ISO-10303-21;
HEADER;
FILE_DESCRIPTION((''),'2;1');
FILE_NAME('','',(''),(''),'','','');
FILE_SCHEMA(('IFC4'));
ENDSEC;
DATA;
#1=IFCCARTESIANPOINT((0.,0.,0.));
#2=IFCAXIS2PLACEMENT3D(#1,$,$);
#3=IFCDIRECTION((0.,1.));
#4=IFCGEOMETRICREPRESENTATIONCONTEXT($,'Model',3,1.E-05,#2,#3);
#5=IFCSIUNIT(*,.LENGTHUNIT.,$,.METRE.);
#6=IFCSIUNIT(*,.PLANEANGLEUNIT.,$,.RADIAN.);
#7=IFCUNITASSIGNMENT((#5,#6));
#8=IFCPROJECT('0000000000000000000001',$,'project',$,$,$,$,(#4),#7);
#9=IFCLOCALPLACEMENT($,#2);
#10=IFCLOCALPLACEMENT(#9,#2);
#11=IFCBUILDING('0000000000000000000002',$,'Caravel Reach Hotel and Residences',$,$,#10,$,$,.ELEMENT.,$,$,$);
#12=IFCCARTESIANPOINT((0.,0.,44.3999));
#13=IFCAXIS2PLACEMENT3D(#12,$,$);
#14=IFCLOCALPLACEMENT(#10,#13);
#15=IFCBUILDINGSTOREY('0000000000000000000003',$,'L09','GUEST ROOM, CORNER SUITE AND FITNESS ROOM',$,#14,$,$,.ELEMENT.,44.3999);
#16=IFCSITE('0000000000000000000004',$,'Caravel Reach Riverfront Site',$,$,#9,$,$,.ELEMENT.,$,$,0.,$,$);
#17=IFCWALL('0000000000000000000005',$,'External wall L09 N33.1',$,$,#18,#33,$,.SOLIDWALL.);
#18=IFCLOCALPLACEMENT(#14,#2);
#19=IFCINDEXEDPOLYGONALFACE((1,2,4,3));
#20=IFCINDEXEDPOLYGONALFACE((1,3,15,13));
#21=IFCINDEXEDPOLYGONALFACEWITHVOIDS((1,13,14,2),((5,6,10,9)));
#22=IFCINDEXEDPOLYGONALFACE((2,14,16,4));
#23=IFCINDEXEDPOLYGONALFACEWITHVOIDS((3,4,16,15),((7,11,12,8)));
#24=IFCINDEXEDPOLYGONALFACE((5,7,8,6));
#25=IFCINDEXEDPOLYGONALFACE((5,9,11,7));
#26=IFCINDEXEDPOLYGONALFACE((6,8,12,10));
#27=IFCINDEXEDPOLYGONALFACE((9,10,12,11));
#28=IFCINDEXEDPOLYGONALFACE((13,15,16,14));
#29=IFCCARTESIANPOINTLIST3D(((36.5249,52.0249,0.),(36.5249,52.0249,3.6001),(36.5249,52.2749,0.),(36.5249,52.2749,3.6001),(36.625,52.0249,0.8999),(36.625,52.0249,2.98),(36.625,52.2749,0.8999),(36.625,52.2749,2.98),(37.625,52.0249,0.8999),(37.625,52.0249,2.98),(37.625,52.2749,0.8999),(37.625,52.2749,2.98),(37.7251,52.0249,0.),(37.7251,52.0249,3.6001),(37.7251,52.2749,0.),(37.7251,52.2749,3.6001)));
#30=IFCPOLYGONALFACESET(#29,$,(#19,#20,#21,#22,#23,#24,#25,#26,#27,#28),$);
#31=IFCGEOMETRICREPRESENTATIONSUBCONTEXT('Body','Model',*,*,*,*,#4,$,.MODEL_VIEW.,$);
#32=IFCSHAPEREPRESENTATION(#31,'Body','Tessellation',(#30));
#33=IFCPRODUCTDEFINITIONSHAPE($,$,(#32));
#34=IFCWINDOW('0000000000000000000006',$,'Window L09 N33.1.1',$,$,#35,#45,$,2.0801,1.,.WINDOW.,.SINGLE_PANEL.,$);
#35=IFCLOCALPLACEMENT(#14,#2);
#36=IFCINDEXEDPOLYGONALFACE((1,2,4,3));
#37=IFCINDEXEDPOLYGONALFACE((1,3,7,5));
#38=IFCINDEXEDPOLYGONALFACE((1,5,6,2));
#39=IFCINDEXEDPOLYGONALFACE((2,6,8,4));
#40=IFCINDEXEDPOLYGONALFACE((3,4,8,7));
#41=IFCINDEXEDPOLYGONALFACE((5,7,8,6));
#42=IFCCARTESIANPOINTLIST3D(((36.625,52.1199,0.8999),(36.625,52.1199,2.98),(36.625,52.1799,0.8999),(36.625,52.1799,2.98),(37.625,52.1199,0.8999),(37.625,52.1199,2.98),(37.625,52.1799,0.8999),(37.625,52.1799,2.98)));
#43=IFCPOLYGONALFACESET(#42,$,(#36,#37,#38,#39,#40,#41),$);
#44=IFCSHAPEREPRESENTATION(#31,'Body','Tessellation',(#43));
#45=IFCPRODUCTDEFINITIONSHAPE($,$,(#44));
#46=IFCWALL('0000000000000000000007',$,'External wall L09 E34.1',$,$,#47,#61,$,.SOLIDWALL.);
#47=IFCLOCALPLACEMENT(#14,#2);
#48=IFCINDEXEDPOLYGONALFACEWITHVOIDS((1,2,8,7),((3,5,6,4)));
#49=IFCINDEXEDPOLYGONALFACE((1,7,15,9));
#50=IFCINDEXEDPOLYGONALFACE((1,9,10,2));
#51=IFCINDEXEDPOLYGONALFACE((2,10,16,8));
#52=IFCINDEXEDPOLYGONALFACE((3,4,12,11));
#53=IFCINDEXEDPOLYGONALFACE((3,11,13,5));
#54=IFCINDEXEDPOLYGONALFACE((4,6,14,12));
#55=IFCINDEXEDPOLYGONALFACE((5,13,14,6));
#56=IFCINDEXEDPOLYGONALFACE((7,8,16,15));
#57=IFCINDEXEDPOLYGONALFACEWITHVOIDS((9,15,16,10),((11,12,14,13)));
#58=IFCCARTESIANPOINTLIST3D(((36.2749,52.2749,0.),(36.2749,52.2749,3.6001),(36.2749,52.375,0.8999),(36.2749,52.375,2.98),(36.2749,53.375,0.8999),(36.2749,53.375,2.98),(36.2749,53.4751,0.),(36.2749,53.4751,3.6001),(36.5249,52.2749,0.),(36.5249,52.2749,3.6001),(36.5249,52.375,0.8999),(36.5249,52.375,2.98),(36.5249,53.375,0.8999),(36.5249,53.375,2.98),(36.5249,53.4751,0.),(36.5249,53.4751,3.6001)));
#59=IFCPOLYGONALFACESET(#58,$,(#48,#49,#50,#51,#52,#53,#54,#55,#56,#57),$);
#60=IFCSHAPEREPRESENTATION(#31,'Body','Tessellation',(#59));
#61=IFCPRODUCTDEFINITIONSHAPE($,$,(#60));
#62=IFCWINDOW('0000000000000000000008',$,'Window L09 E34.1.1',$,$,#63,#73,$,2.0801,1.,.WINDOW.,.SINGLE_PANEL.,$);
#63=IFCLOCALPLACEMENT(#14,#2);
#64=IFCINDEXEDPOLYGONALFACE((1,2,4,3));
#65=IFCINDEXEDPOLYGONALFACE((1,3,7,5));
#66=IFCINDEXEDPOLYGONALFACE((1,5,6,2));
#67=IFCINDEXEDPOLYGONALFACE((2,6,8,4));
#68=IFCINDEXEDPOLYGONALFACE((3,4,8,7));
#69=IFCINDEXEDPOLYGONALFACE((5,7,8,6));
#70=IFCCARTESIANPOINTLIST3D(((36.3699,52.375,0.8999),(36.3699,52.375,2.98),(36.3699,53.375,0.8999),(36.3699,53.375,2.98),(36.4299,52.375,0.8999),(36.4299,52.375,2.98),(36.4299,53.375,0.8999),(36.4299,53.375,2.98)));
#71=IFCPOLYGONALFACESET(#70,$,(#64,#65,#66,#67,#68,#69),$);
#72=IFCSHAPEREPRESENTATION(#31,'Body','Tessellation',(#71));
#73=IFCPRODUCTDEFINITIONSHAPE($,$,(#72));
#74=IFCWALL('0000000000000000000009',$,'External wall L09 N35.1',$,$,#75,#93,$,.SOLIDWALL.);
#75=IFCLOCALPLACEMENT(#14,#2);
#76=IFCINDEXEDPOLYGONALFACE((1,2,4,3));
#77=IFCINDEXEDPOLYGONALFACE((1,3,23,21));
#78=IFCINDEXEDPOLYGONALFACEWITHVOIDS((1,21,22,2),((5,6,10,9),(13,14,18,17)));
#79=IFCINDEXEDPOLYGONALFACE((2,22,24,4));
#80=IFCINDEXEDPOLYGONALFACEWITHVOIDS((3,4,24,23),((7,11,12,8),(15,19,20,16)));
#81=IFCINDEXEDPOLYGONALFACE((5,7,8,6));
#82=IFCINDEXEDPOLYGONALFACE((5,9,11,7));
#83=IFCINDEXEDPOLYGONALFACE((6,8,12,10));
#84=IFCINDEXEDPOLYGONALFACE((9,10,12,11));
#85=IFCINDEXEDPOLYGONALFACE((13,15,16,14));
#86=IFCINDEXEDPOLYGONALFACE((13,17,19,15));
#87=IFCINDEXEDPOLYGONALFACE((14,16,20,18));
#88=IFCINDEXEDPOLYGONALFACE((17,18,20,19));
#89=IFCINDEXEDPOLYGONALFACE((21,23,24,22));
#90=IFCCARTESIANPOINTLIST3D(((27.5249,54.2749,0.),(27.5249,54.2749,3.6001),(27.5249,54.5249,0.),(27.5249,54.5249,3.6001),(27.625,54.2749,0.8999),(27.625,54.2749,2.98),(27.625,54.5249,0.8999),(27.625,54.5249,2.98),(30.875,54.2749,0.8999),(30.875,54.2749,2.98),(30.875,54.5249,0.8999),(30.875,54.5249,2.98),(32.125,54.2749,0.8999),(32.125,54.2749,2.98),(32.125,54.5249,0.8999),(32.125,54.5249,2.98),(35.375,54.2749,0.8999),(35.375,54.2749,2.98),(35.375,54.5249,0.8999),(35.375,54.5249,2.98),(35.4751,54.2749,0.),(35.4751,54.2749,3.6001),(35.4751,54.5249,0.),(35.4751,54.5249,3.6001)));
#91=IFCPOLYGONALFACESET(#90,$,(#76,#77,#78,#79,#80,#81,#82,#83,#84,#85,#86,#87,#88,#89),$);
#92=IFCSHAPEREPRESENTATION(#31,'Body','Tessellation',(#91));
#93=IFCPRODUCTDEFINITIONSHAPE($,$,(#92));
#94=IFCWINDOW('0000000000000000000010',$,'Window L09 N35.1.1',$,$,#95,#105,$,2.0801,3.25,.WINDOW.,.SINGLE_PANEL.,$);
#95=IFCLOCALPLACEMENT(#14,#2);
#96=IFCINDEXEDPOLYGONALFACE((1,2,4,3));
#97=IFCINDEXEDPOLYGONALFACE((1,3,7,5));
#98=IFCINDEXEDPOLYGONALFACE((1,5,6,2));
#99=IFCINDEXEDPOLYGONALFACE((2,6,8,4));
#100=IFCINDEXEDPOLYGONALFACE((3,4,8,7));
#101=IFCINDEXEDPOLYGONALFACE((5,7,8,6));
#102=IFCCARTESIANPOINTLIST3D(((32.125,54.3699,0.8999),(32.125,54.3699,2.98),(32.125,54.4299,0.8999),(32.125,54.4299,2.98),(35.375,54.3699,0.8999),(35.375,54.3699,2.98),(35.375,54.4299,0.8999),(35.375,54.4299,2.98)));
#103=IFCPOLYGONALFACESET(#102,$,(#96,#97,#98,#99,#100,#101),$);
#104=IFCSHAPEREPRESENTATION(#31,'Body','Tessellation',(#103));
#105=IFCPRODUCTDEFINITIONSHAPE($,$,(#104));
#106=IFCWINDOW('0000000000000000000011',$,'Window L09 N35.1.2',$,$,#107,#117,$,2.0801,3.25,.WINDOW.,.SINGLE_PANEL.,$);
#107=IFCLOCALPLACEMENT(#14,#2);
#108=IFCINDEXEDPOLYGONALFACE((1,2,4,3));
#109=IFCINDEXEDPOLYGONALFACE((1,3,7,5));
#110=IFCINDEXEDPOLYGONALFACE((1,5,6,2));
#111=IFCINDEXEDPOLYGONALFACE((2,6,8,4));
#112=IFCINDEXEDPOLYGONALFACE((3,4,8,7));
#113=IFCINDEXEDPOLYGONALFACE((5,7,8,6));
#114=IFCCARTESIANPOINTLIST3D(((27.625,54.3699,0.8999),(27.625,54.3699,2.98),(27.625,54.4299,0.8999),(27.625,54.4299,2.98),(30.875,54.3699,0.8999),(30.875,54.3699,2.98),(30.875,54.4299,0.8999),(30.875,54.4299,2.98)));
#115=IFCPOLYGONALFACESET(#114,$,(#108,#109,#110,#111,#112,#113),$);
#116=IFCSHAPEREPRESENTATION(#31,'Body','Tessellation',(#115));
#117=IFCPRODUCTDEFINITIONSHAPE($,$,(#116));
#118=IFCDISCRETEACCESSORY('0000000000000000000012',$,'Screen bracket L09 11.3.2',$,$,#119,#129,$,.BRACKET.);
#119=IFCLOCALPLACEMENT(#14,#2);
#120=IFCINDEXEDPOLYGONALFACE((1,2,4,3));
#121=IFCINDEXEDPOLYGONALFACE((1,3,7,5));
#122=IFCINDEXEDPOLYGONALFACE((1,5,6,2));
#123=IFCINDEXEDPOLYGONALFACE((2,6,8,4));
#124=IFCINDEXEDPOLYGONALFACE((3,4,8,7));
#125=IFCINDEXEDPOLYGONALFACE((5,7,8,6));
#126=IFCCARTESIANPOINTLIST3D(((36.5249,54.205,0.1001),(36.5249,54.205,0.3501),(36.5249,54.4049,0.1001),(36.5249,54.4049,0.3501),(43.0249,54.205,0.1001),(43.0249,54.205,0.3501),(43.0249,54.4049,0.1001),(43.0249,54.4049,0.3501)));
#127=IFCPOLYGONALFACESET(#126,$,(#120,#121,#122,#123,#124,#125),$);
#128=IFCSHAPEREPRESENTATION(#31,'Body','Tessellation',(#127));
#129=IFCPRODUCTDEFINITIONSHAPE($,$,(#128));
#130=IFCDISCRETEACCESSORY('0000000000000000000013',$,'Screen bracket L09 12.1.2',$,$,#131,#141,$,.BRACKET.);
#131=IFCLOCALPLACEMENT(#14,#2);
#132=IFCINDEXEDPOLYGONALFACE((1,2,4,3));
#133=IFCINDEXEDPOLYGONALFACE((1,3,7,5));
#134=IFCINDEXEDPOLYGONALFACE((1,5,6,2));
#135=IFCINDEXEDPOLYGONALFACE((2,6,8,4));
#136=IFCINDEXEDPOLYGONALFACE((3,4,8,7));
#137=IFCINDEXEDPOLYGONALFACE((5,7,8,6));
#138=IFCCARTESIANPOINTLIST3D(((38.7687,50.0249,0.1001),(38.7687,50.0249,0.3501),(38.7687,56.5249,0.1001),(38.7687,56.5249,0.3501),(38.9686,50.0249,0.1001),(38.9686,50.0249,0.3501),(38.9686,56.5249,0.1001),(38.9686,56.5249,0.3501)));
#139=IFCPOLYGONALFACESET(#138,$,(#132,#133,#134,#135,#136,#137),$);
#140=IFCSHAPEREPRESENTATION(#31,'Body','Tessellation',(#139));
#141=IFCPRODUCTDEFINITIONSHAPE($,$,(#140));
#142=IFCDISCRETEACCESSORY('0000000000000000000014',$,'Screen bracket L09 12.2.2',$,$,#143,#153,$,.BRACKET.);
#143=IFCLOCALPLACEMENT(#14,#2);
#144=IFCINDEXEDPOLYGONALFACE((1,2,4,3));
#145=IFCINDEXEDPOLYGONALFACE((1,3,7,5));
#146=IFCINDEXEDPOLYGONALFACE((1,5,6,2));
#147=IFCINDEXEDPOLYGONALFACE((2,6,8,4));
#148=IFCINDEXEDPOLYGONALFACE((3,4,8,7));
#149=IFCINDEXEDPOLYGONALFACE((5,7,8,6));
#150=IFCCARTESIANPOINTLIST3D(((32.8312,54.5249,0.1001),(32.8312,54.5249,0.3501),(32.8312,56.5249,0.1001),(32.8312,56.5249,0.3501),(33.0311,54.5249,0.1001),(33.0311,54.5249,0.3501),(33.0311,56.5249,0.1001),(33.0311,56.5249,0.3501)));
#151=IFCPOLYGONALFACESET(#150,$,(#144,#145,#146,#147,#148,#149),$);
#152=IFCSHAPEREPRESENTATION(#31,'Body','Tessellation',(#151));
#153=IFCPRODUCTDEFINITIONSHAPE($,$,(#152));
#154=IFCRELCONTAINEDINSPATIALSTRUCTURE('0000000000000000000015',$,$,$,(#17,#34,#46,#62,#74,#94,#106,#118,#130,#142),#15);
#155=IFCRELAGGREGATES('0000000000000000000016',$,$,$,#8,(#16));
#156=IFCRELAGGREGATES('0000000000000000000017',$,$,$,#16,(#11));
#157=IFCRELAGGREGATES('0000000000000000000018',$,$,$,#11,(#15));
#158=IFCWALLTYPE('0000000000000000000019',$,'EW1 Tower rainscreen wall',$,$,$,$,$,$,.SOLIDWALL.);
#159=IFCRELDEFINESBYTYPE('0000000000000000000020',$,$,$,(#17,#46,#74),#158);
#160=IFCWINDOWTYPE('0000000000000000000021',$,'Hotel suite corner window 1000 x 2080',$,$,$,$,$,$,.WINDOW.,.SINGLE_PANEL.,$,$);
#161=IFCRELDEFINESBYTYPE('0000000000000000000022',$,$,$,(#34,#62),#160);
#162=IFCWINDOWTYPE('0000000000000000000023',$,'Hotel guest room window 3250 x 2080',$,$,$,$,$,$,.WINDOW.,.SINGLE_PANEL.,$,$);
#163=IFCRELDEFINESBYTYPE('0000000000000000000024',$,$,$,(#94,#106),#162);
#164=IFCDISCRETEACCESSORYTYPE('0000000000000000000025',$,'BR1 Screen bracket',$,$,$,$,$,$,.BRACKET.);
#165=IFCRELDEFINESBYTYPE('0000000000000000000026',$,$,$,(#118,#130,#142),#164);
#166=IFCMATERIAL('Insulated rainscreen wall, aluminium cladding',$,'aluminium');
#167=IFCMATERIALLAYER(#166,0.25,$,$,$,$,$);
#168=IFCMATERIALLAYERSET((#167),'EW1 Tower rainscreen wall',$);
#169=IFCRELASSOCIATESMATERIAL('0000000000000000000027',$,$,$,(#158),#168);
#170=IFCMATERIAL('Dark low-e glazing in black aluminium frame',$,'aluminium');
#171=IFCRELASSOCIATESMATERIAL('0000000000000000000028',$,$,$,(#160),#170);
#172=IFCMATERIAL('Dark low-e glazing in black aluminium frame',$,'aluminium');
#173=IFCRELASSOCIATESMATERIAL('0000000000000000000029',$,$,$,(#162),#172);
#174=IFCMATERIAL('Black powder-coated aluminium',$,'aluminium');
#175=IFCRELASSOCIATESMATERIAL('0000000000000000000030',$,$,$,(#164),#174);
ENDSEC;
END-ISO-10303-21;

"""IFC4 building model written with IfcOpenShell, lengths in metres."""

from ifc_helpers import new_model, si_unit, direction, frame, frame_2d, origin, origin_2d, place, context, subcontext, project, spatial, rectangle, extrude, material, layer, layer_set, type_object, element, fill, save


model = new_model("IFC4")

# Units and contexts
model_context = context("Model", 3, precision=1e-05, world=origin(), true_north=direction((0.0, 1.0)))
body_context = subcontext(model_context, "Body", "Model", "MODEL_VIEW")
ifc_project = project(units=[si_unit("LENGTHUNIT", "METRE"), si_unit("PLANEANGLEUNIT", "RADIAN")], contexts=[model_context])

# Site, building, storey
site_placement = place(None, origin())
site = spatial("IfcSite", under=ifc_project, at=site_placement, Name="Caravel Reach Riverfront Site", CompositionType="ELEMENT", RefElevation=0.0)
building_placement = place(site_placement, origin())
building = spatial("IfcBuilding", under=site, at=building_placement, Name="Caravel Reach Hotel and Residences", CompositionType="ELEMENT")
storey_placement = place(building_placement, frame((0.0, 0.0, 44.3999)))
storey = spatial("IfcBuildingStorey", under=building, at=storey_placement, Name="L09", Description="GUEST ROOM, CORNER SUITE AND FITNESS ROOM", CompositionType="ELEMENT", Elevation=44.3999)

# Walls, openings, windows
ifc_material_1 = material(Name="Insulated rainscreen wall, aluminium cladding", Category="aluminium")
ifc_layer = layer(ifc_material_1, 0.25)
ifc_layer_set = layer_set([ifc_layer], Name="EW1 Tower rainscreen wall")
wall_type = type_object("IfcWallType", Name="EW1 Tower rainscreen wall", PredefinedType="SOLIDWALL", material=ifc_layer_set)
wall_1_placement = place(storey_placement, frame((37.7251, 52.1499, 0.0), z_axis=(0.0, 0.0, 1.0), x_axis=(-1.0, 0.0, 0.0)))
wall_1 = element("IfcWall", 1, at=wall_1_placement, inside=storey, type_object=wall_type, Name="External wall L09 N33.1", PredefinedType="SOLIDWALL", context=body_context, shape_type="SweptSolid", body=[
    extrude(rectangle(XDim=1.2002, YDim=0.25, at=frame_2d((0.6001, 0.0))), origin(), (0.0, 0.0, 1.0), 3.6001),
])
opening_1_placement = place(wall_1_placement, frame((0.1001, 0.0, 0.8999)))
opening_1 = element("IfcOpeningElement", 2, at=opening_1_placement, cuts=wall_1, PredefinedType="OPENING", context=body_context, shape_type="SweptSolid", body=[
    extrude(rectangle(XDim=1.0, YDim=2.0801, at=frame_2d((0.5, 1.04))), frame((0.0, 0.135, 0.0), z_axis=(0.0, -1.0, 0.0), x_axis=(1.0, 0.0, 0.0)), (0.0, 0.0, 1.0), 0.27),
])
ifc_material_2 = material(Name="Dark low-e glazing in black aluminium frame", Category="aluminium")
window_type_1 = type_object("IfcWindowType", Name="Hotel suite corner window 1000 x 2080", PartitioningType="SINGLE_PANEL", PredefinedType="WINDOW", material=ifc_material_2)
window_1_placement = place(opening_1_placement, origin())
window_1 = element("IfcWindow", 3, at=window_1_placement, inside=storey, type_object=window_type_1, Name="Window L09 N33.1.1", OverallHeight=2.0801, OverallWidth=1.0, PartitioningType="SINGLE_PANEL", PredefinedType="WINDOW", context=body_context, shape_type="SweptSolid", body=[
    extrude(rectangle(XDim=1.0, YDim=2.0801, at=frame_2d((0.5, 1.04))), frame((0.0, 0.03, 0.0), z_axis=(0.0, -1.0, 0.0), x_axis=(1.0, 0.0, 0.0)), (0.0, 0.0, 1.0), 0.0601),
])
fill(opening_1, window_1)
wall_2_placement = place(storey_placement, frame((36.3999, 52.2749, 0.0), z_axis=(0.0, 0.0, 1.0), x_axis=(0.0, 1.0, 0.0)))
wall_2 = element("IfcWall", 4, at=wall_2_placement, inside=storey, type_object=wall_type, Name="External wall L09 E34.1", PredefinedType="SOLIDWALL", context=body_context, shape_type="SweptSolid", body=[
    extrude(rectangle(XDim=1.2002, YDim=0.25, at=frame_2d((0.6001, 0.0))), origin(), (0.0, 0.0, 1.0), 3.6001),
])
opening_2_placement = place(wall_2_placement, frame((0.1001, 0.0, 0.8999)))
opening_2 = element("IfcOpeningElement", 5, at=opening_2_placement, cuts=wall_2, PredefinedType="OPENING", context=body_context, shape_type="SweptSolid", body=[
    extrude(rectangle(XDim=1.0, YDim=2.0801, at=frame_2d((0.5, 1.04))), frame((0.0, 0.135, 0.0), z_axis=(0.0, -1.0, 0.0), x_axis=(1.0, 0.0, 0.0)), (0.0, 0.0, 1.0), 0.27),
])
window_2_placement = place(opening_2_placement, origin())
window_2 = element("IfcWindow", 6, at=window_2_placement, inside=storey, type_object=window_type_1, Name="Window L09 E34.1.1", OverallHeight=2.0801, OverallWidth=1.0, PartitioningType="SINGLE_PANEL", PredefinedType="WINDOW", context=body_context, shape_type="SweptSolid", body=[
    extrude(rectangle(XDim=1.0, YDim=2.0801, at=frame_2d((0.5, 1.04))), frame((0.0, 0.03, 0.0), z_axis=(0.0, -1.0, 0.0), x_axis=(1.0, 0.0, 0.0)), (0.0, 0.0, 1.0), 0.0601),
])
fill(opening_2, window_2)

# Wall, openings, windows
wall_3_placement = place(storey_placement, frame((35.4751, 54.3999, 0.0), z_axis=(0.0, 0.0, 1.0), x_axis=(-1.0, 0.0, 0.0)))
wall_3 = element("IfcWall", 7, at=wall_3_placement, inside=storey, type_object=wall_type, Name="External wall L09 N35.1", PredefinedType="SOLIDWALL", context=body_context, shape_type="SweptSolid", body=[
    extrude(rectangle(XDim=7.9502, YDim=0.25, at=frame_2d((3.9751, 0.0))), origin(), (0.0, 0.0, 1.0), 3.6001),
])
opening_3_placement = place(wall_3_placement, frame((0.1001, 0.0, 0.8999)))
opening_3 = element("IfcOpeningElement", 8, at=opening_3_placement, cuts=wall_3, PredefinedType="OPENING", context=body_context, shape_type="SweptSolid", body=[
    extrude(rectangle(XDim=3.25, YDim=2.0801, at=frame_2d((1.625, 1.04))), frame((0.0, 0.135, 0.0), z_axis=(0.0, -1.0, 0.0), x_axis=(1.0, 0.0, 0.0)), (0.0, 0.0, 1.0), 0.27),
])
opening_4_placement = place(wall_3_placement, frame((4.6001, 0.0, 0.8999)))
opening_4 = element("IfcOpeningElement", 9, at=opening_4_placement, cuts=wall_3, PredefinedType="OPENING", context=body_context, shape_type="SweptSolid", body=[
    extrude(rectangle(XDim=3.25, YDim=2.0801, at=frame_2d((1.625, 1.04))), frame((0.0, 0.135, 0.0), z_axis=(0.0, -1.0, 0.0), x_axis=(1.0, 0.0, 0.0)), (0.0, 0.0, 1.0), 0.27),
])
ifc_material_3 = material(Name="Dark low-e glazing in black aluminium frame", Category="aluminium")
window_type_2 = type_object("IfcWindowType", Name="Hotel guest room window 3250 x 2080", PartitioningType="SINGLE_PANEL", PredefinedType="WINDOW", material=ifc_material_3)
window_3_placement = place(opening_3_placement, origin())
window_3 = element("IfcWindow", 10, at=window_3_placement, inside=storey, type_object=window_type_2, Name="Window L09 N35.1.1", OverallHeight=2.0801, OverallWidth=3.25, PartitioningType="SINGLE_PANEL", PredefinedType="WINDOW", context=body_context, shape_type="SweptSolid", body=[
    extrude(rectangle(XDim=3.25, YDim=2.0801, at=frame_2d((1.625, 1.04))), frame((0.0, 0.03, 0.0), z_axis=(0.0, -1.0, 0.0), x_axis=(1.0, 0.0, 0.0)), (0.0, 0.0, 1.0), 0.0601),
])
fill(opening_3, window_3)
window_4_placement = place(opening_4_placement, origin())
window_4 = element("IfcWindow", 11, at=window_4_placement, inside=storey, type_object=window_type_2, Name="Window L09 N35.1.2", OverallHeight=2.0801, OverallWidth=3.25, PartitioningType="SINGLE_PANEL", PredefinedType="WINDOW", context=body_context, shape_type="SweptSolid", body=[
    extrude(rectangle(XDim=3.25, YDim=2.0801, at=frame_2d((1.625, 1.04))), frame((0.0, 0.03, 0.0), z_axis=(0.0, -1.0, 0.0), x_axis=(1.0, 0.0, 0.0)), (0.0, 0.0, 1.0), 0.0601),
])
fill(opening_4, window_4)

# Discrete accessories
ifc_material_4 = material(Name="Black powder-coated aluminium", Category="aluminium")
discrete_accessory_type = type_object("IfcDiscreteAccessoryType", Name="BR1 Screen bracket", PredefinedType="BRACKET", material=ifc_material_4)
for number, where, z_axis, x_axis, name in (
    (12, (39.7749, 54.3049, 0.1001), (0.0, 0.0, 1.0), (1.0, 0.0, 0.0), "Screen bracket L09 11.3.2"),
    (13, (38.8687, 53.2749, 0.1001), (0.0, 0.0, 1.0), (0.0, 1.0, 0.0), "Screen bracket L09 12.1.2"),
):
    element("IfcDiscreteAccessory", number, at=place(storey_placement, frame(where, z_axis=z_axis, x_axis=x_axis)), inside=storey, type_object=discrete_accessory_type, Name=name, PredefinedType="BRACKET", context=body_context, shape_type="SweptSolid", body=[
        extrude(rectangle(XDim=6.5, YDim=0.2, at=origin_2d()), origin(), (0.0, 0.0, 1.0), 0.25),
    ])
discrete_accessory_placement = place(storey_placement, frame((32.9312, 55.5249, 0.1001), z_axis=(0.0, 0.0, 1.0), x_axis=(0.0, 1.0, 0.0)))
element("IfcDiscreteAccessory", 14, at=discrete_accessory_placement, inside=storey, type_object=discrete_accessory_type, Name="Screen bracket L09 12.2.2", PredefinedType="BRACKET", context=body_context, shape_type="SweptSolid", body=[
    extrude(rectangle(XDim=2.0, YDim=0.2, at=origin_2d()), origin(), (0.0, 0.0, 1.0), 0.25),
])

save(model, "model.ifc")
